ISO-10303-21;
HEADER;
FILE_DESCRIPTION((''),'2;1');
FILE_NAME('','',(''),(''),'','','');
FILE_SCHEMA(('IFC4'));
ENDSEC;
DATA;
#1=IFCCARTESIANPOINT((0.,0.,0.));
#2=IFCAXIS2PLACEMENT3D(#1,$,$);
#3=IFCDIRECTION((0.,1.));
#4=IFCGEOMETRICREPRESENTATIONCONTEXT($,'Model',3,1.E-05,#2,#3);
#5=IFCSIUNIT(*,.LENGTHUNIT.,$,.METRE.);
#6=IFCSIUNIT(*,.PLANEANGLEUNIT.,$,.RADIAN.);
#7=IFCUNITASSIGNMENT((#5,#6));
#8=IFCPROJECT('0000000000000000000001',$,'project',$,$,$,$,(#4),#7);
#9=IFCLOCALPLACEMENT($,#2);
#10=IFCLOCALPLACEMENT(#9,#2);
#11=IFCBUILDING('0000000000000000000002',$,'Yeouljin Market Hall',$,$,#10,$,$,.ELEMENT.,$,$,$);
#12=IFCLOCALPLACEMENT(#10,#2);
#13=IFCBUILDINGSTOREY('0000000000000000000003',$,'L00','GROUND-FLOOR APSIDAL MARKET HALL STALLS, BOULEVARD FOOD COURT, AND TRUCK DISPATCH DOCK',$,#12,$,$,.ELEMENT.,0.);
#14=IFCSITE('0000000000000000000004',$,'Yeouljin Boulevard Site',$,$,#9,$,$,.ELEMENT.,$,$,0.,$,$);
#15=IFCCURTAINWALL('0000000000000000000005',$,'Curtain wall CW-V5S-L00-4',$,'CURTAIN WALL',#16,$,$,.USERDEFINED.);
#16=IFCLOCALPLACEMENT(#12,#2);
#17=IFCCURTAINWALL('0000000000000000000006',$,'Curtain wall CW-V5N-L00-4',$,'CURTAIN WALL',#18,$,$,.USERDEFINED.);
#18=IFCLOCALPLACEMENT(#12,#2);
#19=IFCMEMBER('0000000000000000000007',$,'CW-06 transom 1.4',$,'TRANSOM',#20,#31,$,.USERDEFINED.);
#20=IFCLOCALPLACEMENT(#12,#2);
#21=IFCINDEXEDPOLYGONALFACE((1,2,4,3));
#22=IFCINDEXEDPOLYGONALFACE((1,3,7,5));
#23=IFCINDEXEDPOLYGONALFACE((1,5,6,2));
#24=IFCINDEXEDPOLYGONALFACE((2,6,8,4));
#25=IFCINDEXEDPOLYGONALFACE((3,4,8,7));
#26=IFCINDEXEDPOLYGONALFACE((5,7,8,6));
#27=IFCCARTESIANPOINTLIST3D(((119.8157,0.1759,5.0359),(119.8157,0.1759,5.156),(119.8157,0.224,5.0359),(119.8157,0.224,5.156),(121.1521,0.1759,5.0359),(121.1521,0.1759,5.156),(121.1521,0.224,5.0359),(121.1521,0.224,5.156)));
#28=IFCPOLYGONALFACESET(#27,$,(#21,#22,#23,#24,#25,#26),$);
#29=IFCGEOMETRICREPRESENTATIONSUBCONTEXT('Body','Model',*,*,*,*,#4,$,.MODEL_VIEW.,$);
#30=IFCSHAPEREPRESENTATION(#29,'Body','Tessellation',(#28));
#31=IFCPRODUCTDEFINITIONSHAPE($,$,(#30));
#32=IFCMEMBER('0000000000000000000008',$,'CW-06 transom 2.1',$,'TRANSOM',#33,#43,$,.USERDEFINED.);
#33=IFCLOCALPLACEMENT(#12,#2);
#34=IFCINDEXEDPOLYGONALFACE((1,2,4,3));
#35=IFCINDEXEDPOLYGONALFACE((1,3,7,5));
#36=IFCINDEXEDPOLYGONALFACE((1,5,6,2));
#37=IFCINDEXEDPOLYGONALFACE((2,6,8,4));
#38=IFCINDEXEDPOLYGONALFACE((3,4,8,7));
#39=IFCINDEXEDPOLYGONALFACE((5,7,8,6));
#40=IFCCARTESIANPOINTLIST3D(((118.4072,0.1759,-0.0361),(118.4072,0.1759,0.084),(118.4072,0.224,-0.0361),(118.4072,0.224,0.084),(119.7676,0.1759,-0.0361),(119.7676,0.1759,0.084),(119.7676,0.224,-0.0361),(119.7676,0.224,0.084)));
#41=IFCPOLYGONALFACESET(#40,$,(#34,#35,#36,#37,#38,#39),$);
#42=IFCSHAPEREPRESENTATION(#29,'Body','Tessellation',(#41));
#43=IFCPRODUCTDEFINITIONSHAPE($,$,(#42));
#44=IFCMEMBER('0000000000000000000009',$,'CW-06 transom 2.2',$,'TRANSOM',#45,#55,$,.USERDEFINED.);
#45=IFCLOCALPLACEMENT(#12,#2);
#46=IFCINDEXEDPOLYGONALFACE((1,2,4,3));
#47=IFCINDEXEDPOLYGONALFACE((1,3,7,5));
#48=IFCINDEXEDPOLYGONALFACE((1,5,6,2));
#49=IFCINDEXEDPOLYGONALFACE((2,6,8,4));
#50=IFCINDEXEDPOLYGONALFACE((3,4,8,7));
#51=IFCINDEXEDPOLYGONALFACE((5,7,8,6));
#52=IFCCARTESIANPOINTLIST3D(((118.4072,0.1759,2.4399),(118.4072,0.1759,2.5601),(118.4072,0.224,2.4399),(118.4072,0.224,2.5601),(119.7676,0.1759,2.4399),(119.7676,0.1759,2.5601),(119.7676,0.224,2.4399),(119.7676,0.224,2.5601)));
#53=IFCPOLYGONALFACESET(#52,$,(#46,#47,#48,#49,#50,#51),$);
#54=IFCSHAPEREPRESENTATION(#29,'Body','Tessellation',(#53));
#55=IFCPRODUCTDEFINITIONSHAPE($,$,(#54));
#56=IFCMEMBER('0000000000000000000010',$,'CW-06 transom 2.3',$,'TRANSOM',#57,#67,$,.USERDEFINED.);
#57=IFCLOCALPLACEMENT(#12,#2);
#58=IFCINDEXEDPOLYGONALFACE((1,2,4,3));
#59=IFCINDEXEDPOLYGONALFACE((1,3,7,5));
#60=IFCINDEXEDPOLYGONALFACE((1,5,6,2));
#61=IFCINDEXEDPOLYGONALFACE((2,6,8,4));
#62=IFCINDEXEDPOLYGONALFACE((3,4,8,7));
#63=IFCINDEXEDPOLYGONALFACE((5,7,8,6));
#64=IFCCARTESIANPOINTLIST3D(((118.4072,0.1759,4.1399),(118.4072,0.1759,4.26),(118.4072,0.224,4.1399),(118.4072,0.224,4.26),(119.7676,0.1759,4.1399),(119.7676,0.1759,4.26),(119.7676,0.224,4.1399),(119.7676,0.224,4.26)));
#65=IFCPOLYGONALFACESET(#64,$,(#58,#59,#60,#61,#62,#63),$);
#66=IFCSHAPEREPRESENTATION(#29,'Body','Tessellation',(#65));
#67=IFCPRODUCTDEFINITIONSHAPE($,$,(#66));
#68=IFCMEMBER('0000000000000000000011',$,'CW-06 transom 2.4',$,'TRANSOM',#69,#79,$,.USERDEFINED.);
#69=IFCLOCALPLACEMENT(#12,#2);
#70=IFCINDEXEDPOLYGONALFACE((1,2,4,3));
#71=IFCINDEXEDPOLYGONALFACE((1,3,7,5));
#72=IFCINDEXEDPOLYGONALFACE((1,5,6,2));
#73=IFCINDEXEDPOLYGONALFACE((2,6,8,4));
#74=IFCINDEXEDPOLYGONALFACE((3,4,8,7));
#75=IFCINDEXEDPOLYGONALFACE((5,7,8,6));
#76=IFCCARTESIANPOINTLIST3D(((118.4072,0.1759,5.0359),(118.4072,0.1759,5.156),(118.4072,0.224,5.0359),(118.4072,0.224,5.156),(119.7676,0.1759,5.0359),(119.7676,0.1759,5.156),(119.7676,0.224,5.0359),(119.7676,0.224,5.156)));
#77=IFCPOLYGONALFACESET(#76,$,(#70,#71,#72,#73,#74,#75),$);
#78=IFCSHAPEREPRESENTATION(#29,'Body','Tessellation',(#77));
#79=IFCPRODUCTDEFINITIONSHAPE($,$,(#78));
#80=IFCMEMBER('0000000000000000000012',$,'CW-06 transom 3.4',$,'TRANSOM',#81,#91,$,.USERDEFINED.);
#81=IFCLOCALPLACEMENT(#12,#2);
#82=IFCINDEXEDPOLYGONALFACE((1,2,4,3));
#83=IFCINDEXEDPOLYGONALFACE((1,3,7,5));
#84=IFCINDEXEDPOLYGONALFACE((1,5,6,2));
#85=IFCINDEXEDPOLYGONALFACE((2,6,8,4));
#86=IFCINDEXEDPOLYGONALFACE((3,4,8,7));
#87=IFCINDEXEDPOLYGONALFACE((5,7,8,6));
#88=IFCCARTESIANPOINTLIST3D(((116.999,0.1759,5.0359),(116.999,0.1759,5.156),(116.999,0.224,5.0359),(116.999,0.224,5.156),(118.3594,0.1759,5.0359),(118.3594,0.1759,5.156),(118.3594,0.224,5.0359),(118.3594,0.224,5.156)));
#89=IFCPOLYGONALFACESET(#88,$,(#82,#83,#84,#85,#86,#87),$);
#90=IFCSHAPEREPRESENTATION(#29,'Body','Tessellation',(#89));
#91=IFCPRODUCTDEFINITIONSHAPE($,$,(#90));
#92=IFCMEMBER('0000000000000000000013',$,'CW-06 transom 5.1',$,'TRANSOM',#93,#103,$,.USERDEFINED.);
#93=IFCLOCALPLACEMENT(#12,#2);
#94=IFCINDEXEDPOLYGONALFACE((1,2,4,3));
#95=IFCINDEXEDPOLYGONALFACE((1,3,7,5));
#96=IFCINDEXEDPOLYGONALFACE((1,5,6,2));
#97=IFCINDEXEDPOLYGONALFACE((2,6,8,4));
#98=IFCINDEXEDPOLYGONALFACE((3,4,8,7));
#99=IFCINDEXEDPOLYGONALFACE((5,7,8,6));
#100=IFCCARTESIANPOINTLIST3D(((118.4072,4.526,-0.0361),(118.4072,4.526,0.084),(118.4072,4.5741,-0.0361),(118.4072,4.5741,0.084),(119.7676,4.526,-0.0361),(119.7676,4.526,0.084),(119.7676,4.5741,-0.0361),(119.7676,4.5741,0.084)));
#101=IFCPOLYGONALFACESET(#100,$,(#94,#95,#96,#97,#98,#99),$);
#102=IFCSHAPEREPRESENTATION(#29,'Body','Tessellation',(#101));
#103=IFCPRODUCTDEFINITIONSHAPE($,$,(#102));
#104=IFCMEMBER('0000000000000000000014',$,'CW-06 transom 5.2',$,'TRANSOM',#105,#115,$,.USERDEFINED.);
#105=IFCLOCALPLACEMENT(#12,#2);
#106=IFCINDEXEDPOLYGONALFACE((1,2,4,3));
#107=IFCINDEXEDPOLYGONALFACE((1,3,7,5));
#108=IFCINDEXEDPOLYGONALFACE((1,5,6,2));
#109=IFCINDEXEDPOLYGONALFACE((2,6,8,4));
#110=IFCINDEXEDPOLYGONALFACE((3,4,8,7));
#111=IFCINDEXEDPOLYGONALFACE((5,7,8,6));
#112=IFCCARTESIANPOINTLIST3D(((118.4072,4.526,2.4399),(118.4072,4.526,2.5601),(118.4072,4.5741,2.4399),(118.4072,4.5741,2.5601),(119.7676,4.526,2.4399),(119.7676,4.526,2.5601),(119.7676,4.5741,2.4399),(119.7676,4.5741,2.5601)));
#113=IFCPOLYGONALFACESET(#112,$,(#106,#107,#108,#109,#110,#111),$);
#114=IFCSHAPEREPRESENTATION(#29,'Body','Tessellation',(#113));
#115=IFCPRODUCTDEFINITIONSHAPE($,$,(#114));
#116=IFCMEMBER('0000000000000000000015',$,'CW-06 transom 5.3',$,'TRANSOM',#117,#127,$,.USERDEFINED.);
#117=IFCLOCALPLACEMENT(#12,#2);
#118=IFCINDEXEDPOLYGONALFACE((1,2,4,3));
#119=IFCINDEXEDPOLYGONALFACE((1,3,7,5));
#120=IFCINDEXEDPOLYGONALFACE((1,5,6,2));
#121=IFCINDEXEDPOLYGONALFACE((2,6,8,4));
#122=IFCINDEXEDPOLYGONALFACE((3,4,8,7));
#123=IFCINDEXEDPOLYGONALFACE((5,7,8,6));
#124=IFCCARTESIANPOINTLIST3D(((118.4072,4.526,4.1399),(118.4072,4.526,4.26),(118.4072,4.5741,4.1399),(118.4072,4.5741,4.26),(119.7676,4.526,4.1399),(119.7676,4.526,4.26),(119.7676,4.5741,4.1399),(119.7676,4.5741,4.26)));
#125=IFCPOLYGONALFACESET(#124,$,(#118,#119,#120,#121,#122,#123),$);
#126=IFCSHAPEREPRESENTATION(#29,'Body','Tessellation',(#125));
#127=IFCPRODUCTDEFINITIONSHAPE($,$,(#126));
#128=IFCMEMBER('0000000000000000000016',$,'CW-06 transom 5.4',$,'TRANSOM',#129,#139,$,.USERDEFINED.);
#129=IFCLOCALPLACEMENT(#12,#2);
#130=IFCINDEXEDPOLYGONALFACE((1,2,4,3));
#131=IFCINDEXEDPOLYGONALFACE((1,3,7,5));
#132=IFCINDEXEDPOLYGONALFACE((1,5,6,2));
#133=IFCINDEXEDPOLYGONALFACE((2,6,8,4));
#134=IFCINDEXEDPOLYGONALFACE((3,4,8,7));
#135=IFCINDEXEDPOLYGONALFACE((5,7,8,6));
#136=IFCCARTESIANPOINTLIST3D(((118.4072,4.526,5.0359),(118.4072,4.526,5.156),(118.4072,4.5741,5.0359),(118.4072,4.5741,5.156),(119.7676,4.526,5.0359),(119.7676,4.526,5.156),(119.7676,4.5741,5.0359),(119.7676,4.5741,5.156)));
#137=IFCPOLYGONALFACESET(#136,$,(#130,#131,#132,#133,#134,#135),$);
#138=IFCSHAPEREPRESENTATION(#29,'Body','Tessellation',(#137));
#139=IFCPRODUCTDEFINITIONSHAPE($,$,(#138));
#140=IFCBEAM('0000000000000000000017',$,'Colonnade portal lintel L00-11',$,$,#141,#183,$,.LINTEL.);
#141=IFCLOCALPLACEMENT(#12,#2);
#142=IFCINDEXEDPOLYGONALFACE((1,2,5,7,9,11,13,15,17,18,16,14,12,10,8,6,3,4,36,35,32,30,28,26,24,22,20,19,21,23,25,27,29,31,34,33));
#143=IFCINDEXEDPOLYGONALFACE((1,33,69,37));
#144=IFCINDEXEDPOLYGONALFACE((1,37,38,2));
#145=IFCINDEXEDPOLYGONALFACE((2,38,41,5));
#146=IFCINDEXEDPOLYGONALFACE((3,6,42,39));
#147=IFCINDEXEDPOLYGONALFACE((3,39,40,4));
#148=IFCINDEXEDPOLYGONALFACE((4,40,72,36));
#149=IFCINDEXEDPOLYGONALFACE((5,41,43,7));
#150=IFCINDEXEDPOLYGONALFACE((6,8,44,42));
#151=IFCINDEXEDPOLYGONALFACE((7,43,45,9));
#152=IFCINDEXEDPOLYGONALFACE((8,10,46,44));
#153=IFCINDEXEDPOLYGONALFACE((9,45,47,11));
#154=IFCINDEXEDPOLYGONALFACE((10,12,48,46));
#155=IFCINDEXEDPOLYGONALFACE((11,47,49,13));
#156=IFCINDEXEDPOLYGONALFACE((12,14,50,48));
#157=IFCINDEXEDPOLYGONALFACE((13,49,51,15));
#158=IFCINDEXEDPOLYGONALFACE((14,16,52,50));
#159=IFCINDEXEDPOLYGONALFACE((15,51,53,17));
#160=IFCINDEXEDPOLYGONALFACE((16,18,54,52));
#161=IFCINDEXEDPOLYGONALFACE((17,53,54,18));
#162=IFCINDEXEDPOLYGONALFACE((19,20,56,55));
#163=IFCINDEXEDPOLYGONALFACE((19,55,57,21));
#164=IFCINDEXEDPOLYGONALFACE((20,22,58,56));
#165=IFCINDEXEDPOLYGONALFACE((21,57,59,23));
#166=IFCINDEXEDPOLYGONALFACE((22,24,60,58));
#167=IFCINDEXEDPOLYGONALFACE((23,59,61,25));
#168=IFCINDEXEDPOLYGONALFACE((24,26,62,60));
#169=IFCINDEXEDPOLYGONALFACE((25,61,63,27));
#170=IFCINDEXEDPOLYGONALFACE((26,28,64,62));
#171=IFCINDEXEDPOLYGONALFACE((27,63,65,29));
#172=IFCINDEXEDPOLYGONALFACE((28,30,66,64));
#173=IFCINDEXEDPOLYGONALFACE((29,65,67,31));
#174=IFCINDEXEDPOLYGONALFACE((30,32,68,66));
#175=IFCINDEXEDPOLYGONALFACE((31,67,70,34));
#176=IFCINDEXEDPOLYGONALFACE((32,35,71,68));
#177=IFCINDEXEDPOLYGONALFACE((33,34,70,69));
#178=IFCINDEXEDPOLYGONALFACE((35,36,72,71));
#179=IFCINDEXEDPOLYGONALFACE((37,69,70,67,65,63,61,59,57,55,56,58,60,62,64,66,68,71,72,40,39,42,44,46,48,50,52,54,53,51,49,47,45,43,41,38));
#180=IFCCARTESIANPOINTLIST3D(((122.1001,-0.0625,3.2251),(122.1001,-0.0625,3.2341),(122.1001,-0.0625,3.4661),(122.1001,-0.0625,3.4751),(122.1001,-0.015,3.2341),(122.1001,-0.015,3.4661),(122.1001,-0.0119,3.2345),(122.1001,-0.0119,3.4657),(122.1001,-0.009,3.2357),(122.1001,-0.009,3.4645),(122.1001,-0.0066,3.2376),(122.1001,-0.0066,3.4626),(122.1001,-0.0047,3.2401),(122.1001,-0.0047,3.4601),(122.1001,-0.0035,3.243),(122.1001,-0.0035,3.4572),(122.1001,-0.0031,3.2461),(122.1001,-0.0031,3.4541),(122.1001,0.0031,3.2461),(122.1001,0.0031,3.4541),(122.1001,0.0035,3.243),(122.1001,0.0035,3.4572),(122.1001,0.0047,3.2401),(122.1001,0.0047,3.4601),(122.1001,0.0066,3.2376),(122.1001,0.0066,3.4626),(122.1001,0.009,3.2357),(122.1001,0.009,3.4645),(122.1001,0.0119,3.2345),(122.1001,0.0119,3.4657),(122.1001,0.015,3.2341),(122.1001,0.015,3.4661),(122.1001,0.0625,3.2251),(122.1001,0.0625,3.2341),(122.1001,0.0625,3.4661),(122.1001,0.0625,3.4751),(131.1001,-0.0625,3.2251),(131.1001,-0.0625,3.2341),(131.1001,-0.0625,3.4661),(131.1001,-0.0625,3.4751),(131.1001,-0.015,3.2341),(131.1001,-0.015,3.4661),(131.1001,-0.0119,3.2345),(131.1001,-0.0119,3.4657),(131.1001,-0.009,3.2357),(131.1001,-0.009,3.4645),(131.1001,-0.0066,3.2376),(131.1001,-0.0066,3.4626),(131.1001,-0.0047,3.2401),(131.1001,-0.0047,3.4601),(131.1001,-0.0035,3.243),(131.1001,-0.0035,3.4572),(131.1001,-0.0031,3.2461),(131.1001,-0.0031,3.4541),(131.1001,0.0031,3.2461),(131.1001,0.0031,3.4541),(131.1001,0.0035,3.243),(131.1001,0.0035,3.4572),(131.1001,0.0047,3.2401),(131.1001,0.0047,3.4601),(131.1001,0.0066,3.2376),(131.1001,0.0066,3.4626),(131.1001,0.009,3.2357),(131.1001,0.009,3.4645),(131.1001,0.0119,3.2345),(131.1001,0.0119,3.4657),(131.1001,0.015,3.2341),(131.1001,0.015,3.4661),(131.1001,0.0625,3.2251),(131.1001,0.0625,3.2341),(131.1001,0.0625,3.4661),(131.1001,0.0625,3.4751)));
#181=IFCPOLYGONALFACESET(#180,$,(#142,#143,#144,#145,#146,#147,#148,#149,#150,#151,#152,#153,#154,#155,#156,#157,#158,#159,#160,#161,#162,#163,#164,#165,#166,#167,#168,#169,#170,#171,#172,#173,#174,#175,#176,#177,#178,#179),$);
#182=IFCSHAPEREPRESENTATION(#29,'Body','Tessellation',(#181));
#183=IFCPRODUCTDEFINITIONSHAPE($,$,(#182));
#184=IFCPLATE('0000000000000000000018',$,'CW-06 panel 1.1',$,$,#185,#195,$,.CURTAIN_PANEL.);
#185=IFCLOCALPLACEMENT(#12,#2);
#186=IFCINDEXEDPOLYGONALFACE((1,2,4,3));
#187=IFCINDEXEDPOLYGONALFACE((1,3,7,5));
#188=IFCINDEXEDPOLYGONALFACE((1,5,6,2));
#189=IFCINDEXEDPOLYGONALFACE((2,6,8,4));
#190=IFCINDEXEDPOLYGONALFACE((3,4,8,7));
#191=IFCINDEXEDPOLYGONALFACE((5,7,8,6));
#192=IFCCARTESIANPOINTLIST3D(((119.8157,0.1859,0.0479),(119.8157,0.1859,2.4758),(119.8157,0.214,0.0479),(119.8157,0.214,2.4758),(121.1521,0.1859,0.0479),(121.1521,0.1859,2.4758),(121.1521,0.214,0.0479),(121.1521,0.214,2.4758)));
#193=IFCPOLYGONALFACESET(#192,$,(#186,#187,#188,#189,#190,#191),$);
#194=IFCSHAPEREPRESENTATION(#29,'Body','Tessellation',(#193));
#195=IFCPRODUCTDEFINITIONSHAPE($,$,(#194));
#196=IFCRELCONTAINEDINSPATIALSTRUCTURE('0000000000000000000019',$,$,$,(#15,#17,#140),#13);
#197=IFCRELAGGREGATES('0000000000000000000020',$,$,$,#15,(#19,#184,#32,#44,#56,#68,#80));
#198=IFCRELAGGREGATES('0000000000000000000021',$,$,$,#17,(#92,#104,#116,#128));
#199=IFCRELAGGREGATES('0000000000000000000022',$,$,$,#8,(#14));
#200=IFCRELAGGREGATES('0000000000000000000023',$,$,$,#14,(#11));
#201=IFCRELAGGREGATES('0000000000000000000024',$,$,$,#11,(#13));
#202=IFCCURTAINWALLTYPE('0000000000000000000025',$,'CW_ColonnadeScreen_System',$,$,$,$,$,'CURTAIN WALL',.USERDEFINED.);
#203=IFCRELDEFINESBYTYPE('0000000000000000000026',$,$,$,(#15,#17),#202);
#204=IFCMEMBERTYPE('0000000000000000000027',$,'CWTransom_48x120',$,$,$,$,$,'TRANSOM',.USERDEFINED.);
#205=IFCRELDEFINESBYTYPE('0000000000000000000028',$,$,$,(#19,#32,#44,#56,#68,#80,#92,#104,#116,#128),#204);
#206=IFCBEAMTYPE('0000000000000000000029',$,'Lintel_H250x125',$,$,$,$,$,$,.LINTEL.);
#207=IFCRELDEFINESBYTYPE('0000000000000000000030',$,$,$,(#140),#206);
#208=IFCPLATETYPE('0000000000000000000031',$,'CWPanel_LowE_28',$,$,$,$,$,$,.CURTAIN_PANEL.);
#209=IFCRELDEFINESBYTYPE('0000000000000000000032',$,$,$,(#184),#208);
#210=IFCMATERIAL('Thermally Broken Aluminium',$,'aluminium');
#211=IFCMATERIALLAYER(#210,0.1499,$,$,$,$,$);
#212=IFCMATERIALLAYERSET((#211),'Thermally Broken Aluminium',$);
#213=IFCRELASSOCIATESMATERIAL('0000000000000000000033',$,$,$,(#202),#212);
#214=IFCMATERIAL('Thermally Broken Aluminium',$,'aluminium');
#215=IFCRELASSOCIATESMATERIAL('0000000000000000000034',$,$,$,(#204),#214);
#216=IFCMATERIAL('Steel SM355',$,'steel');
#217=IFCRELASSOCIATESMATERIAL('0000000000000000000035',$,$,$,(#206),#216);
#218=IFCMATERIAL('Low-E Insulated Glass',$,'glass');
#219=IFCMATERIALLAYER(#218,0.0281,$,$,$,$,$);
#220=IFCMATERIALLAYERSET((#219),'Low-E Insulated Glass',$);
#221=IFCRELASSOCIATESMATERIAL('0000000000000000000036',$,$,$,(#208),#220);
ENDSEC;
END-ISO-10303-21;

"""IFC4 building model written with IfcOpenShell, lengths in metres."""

from ifc_helpers import new_model, si_unit, direction, frame, origin, origin_2d, place, context, subcontext, project, spatial, rectangle, i_section, extrude, material, layer, layer_set, material_profile, profile_set, type_object, element, aggregate, save


model = new_model("IFC4")

# Units and contexts
model_context = context("Model", 3, precision=1e-05, world=origin(), true_north=direction((0.0, 1.0)))
body_context = subcontext(model_context, "Body", "Model", "MODEL_VIEW")
ifc_project = project(units=[si_unit("LENGTHUNIT", "METRE"), si_unit("PLANEANGLEUNIT", "RADIAN")], contexts=[model_context])

# Site, building, storey
site_placement = place(None, origin())
site = spatial("IfcSite", under=ifc_project, at=site_placement, Name="Yeouljin Boulevard Site", CompositionType="ELEMENT", RefElevation=0.0)
building_placement = place(site_placement, origin())
building = spatial("IfcBuilding", under=site, at=building_placement, Name="Yeouljin Market Hall", CompositionType="ELEMENT")
storey_placement = place(building_placement, origin())
storey = spatial("IfcBuildingStorey", under=building, at=storey_placement, Name="L00", Description="GROUND-FLOOR APSIDAL MARKET HALL STALLS, BOULEVARD FOOD COURT, AND TRUCK DISPATCH DOCK", CompositionType="ELEMENT", Elevation=0.0)

# Curtain walls
ifc_material_1 = material(Name="Thermally Broken Aluminium", Category="aluminium")
ifc_layer_1 = layer(ifc_material_1, 0.1499)
ifc_layer_set_1 = layer_set([ifc_layer_1], Name="Thermally Broken Aluminium")
curtain_wall_type = type_object("IfcCurtainWallType", Name="CW_ColonnadeScreen_System", ElementType="CURTAIN WALL", PredefinedType="USERDEFINED", material=ifc_layer_set_1)
curtain_wall_1_placement = place(storey_placement, origin())
curtain_wall_1 = element("IfcCurtainWall", 1, at=curtain_wall_1_placement, inside=storey, type_object=curtain_wall_type, Name="Curtain wall CW-V5S-L00-4", ObjectType="CURTAIN WALL", PredefinedType="USERDEFINED")
curtain_wall_2_placement = place(storey_placement, origin())
curtain_wall_2 = element("IfcCurtainWall", 2, at=curtain_wall_2_placement, inside=storey, type_object=curtain_wall_type, Name="Curtain wall CW-V5N-L00-4", ObjectType="CURTAIN WALL", PredefinedType="USERDEFINED")

# Members
ifc_material_2 = material(Name="Thermally Broken Aluminium", Category="aluminium")
ifc_material_profile_1 = material_profile(ifc_material_2, rectangle(XDim=0.0481, YDim=0.1201, at=origin_2d()), Name="CW-TRAN-48x120")
ifc_profile_set_1 = profile_set([ifc_material_profile_1], Name="Thermally Broken Aluminium")
member_type_1 = type_object("IfcMemberType", Name="CWTransom_48x120", ElementType="TRANSOM", PredefinedType="USERDEFINED", material=ifc_profile_set_1)
member_1_placement = place(storey_placement, frame((121.1521, 0.2, 5.0959), z_axis=(-1.0, 0.0, 0.0), x_axis=(0.0, -1.0, 0.0)))
member_1 = element("IfcMember", 3, at=member_1_placement, type_object=member_type_1, Name="CW-06 transom 1.4", ObjectType="TRANSOM", PredefinedType="USERDEFINED", context=body_context, shape_type="SweptSolid", body=[
    extrude(rectangle(XDim=0.0481, YDim=0.1201, at=origin_2d()), origin(), (0.0, 0.0, 1.0), 1.3364),
])
member_2_placement = place(storey_placement, frame((119.7676, 0.2, 0.0239), z_axis=(-1.0, 0.0, 0.0), x_axis=(0.0, -1.0, 0.0)))
member_2 = element("IfcMember", 4, at=member_2_placement, type_object=member_type_1, Name="CW-06 transom 2.1", ObjectType="TRANSOM", PredefinedType="USERDEFINED", context=body_context, shape_type="SweptSolid", body=[
    extrude(rectangle(XDim=0.0481, YDim=0.1201, at=origin_2d()), origin(), (0.0, 0.0, 1.0), 1.3604),
])
member_3_placement = place(storey_placement, frame((119.7676, 0.2, 2.5), z_axis=(-1.0, 0.0, 0.0), x_axis=(0.0, -1.0, 0.0)))
member_3 = element("IfcMember", 5, at=member_3_placement, type_object=member_type_1, Name="CW-06 transom 2.2", ObjectType="TRANSOM", PredefinedType="USERDEFINED", context=body_context, shape_type="SweptSolid", body=[
    extrude(rectangle(XDim=0.0481, YDim=0.1201, at=origin_2d()), origin(), (0.0, 0.0, 1.0), 1.3604),
])
member_4_placement = place(storey_placement, frame((119.7676, 0.2, 4.2), z_axis=(-1.0, 0.0, 0.0), x_axis=(0.0, -1.0, 0.0)))
member_4 = element("IfcMember", 6, at=member_4_placement, type_object=member_type_1, Name="CW-06 transom 2.3", ObjectType="TRANSOM", PredefinedType="USERDEFINED", context=body_context, shape_type="SweptSolid", body=[
    extrude(rectangle(XDim=0.0481, YDim=0.1201, at=origin_2d()), origin(), (0.0, 0.0, 1.0), 1.3604),
])
member_5_placement = place(storey_placement, frame((119.7676, 0.2, 5.0959), z_axis=(-1.0, 0.0, 0.0), x_axis=(0.0, -1.0, 0.0)))
member_5 = element("IfcMember", 7, at=member_5_placement, type_object=member_type_1, Name="CW-06 transom 2.4", ObjectType="TRANSOM", PredefinedType="USERDEFINED", context=body_context, shape_type="SweptSolid", body=[
    extrude(rectangle(XDim=0.0481, YDim=0.1201, at=origin_2d()), origin(), (0.0, 0.0, 1.0), 1.3604),
])
member_6_placement = place(storey_placement, frame((118.3594, 0.2, 5.0959), z_axis=(-1.0, 0.0, 0.0), x_axis=(0.0, -1.0, 0.0)))
member_6 = element("IfcMember", 8, at=member_6_placement, type_object=member_type_1, Name="CW-06 transom 3.4", ObjectType="TRANSOM", PredefinedType="USERDEFINED", context=body_context, shape_type="SweptSolid", body=[
    extrude(rectangle(XDim=0.0481, YDim=0.1201, at=origin_2d()), origin(), (0.0, 0.0, 1.0), 1.3604),
])
member_7_placement = place(storey_placement, frame((118.4072, 4.55, 0.0239), z_axis=(1.0, 0.0, 0.0), x_axis=(0.0, 1.0, 0.0)))
member_7 = element("IfcMember", 9, at=member_7_placement, type_object=member_type_1, Name="CW-06 transom 5.1", ObjectType="TRANSOM", PredefinedType="USERDEFINED", context=body_context, shape_type="SweptSolid", body=[
    extrude(rectangle(XDim=0.0481, YDim=0.1201, at=origin_2d()), origin(), (0.0, 0.0, 1.0), 1.3604),
])
member_8_placement = place(storey_placement, frame((118.4072, 4.55, 2.5), z_axis=(1.0, 0.0, 0.0), x_axis=(0.0, 1.0, 0.0)))
member_8 = element("IfcMember", 10, at=member_8_placement, type_object=member_type_1, Name="CW-06 transom 5.2", ObjectType="TRANSOM", PredefinedType="USERDEFINED", context=body_context, shape_type="SweptSolid", body=[
    extrude(rectangle(XDim=0.0481, YDim=0.1201, at=origin_2d()), origin(), (0.0, 0.0, 1.0), 1.3604),
])
member_9_placement = place(storey_placement, frame((118.4072, 4.55, 4.2), z_axis=(1.0, 0.0, 0.0), x_axis=(0.0, 1.0, 0.0)))
member_9 = element("IfcMember", 11, at=member_9_placement, type_object=member_type_1, Name="CW-06 transom 5.3", ObjectType="TRANSOM", PredefinedType="USERDEFINED", context=body_context, shape_type="SweptSolid", body=[
    extrude(rectangle(XDim=0.0481, YDim=0.1201, at=origin_2d()), origin(), (0.0, 0.0, 1.0), 1.3604),
])
member_10_placement = place(storey_placement, frame((118.4072, 4.55, 5.0959), z_axis=(1.0, 0.0, 0.0), x_axis=(0.0, 1.0, 0.0)))
member_10 = element("IfcMember", 12, at=member_10_placement, type_object=member_type_1, Name="CW-06 transom 5.4", ObjectType="TRANSOM", PredefinedType="USERDEFINED", context=body_context, shape_type="SweptSolid", body=[
    extrude(rectangle(XDim=0.0481, YDim=0.1201, at=origin_2d()), origin(), (0.0, 0.0, 1.0), 1.3604),
])

# Beam
ifc_material_3 = material(Name="Steel SM355", Category="steel")
ifc_material_profile_2 = material_profile(ifc_material_3, i_section(OverallWidth=0.125, OverallDepth=0.25, WebThickness=0.0061, FlangeThickness=0.009, FilletRadius=0.012, at=origin_2d()), Name="H-250x125x6x9")
ifc_profile_set_2 = profile_set([ifc_material_profile_2], Name="Steel SM355")
beam_type = type_object("IfcBeamType", Name="Lintel_H250x125", PredefinedType="LINTEL", material=ifc_profile_set_2)
beam_placement = place(storey_placement, frame((122.1001, 0.0, 3.3501), z_axis=(1.0, 0.0, 0.0), x_axis=(0.0, 1.0, 0.0)))
element("IfcBeam", 13, at=beam_placement, inside=storey, type_object=beam_type, Name="Colonnade portal lintel L00-11", PredefinedType="LINTEL", context=body_context, shape_type="SweptSolid", body=[
    extrude(i_section(OverallWidth=0.125, OverallDepth=0.25, WebThickness=0.0061, FlangeThickness=0.009, FilletRadius=0.012, at=origin_2d()), origin(), (0.0, 0.0, 1.0), 9.0),
])

# Plate
ifc_material_4 = material(Name="Low-E Insulated Glass", Category="glass")
ifc_layer_2 = layer(ifc_material_4, 0.0281)
ifc_layer_set_2 = layer_set([ifc_layer_2], Name="Low-E Insulated Glass")
plate_type_1 = type_object("IfcPlateType", Name="CWPanel_LowE_28", PredefinedType="CURTAIN_PANEL", material=ifc_layer_set_2)
plate_1_placement = place(storey_placement, frame((120.4839, 0.2, 0.0479), z_axis=(0.0, 0.0, 1.0), x_axis=(-1.0, 0.0, 0.0)))
plate_1 = element("IfcPlate", 14, at=plate_1_placement, type_object=plate_type_1, Name="CW-06 panel 1.1", PredefinedType="CURTAIN_PANEL", context=body_context, shape_type="SweptSolid", body=[
    extrude(rectangle(XDim=1.3364, YDim=0.0281, at=origin_2d()), origin(), (0.0, 0.0, 1.0), 2.428),
])
aggregate(curtain_wall_1, [member_1, plate_1, member_2, member_3, member_4, member_5, member_6])
aggregate(curtain_wall_2, [member_7, member_8, member_9, member_10])

save(model, "model.ifc")
